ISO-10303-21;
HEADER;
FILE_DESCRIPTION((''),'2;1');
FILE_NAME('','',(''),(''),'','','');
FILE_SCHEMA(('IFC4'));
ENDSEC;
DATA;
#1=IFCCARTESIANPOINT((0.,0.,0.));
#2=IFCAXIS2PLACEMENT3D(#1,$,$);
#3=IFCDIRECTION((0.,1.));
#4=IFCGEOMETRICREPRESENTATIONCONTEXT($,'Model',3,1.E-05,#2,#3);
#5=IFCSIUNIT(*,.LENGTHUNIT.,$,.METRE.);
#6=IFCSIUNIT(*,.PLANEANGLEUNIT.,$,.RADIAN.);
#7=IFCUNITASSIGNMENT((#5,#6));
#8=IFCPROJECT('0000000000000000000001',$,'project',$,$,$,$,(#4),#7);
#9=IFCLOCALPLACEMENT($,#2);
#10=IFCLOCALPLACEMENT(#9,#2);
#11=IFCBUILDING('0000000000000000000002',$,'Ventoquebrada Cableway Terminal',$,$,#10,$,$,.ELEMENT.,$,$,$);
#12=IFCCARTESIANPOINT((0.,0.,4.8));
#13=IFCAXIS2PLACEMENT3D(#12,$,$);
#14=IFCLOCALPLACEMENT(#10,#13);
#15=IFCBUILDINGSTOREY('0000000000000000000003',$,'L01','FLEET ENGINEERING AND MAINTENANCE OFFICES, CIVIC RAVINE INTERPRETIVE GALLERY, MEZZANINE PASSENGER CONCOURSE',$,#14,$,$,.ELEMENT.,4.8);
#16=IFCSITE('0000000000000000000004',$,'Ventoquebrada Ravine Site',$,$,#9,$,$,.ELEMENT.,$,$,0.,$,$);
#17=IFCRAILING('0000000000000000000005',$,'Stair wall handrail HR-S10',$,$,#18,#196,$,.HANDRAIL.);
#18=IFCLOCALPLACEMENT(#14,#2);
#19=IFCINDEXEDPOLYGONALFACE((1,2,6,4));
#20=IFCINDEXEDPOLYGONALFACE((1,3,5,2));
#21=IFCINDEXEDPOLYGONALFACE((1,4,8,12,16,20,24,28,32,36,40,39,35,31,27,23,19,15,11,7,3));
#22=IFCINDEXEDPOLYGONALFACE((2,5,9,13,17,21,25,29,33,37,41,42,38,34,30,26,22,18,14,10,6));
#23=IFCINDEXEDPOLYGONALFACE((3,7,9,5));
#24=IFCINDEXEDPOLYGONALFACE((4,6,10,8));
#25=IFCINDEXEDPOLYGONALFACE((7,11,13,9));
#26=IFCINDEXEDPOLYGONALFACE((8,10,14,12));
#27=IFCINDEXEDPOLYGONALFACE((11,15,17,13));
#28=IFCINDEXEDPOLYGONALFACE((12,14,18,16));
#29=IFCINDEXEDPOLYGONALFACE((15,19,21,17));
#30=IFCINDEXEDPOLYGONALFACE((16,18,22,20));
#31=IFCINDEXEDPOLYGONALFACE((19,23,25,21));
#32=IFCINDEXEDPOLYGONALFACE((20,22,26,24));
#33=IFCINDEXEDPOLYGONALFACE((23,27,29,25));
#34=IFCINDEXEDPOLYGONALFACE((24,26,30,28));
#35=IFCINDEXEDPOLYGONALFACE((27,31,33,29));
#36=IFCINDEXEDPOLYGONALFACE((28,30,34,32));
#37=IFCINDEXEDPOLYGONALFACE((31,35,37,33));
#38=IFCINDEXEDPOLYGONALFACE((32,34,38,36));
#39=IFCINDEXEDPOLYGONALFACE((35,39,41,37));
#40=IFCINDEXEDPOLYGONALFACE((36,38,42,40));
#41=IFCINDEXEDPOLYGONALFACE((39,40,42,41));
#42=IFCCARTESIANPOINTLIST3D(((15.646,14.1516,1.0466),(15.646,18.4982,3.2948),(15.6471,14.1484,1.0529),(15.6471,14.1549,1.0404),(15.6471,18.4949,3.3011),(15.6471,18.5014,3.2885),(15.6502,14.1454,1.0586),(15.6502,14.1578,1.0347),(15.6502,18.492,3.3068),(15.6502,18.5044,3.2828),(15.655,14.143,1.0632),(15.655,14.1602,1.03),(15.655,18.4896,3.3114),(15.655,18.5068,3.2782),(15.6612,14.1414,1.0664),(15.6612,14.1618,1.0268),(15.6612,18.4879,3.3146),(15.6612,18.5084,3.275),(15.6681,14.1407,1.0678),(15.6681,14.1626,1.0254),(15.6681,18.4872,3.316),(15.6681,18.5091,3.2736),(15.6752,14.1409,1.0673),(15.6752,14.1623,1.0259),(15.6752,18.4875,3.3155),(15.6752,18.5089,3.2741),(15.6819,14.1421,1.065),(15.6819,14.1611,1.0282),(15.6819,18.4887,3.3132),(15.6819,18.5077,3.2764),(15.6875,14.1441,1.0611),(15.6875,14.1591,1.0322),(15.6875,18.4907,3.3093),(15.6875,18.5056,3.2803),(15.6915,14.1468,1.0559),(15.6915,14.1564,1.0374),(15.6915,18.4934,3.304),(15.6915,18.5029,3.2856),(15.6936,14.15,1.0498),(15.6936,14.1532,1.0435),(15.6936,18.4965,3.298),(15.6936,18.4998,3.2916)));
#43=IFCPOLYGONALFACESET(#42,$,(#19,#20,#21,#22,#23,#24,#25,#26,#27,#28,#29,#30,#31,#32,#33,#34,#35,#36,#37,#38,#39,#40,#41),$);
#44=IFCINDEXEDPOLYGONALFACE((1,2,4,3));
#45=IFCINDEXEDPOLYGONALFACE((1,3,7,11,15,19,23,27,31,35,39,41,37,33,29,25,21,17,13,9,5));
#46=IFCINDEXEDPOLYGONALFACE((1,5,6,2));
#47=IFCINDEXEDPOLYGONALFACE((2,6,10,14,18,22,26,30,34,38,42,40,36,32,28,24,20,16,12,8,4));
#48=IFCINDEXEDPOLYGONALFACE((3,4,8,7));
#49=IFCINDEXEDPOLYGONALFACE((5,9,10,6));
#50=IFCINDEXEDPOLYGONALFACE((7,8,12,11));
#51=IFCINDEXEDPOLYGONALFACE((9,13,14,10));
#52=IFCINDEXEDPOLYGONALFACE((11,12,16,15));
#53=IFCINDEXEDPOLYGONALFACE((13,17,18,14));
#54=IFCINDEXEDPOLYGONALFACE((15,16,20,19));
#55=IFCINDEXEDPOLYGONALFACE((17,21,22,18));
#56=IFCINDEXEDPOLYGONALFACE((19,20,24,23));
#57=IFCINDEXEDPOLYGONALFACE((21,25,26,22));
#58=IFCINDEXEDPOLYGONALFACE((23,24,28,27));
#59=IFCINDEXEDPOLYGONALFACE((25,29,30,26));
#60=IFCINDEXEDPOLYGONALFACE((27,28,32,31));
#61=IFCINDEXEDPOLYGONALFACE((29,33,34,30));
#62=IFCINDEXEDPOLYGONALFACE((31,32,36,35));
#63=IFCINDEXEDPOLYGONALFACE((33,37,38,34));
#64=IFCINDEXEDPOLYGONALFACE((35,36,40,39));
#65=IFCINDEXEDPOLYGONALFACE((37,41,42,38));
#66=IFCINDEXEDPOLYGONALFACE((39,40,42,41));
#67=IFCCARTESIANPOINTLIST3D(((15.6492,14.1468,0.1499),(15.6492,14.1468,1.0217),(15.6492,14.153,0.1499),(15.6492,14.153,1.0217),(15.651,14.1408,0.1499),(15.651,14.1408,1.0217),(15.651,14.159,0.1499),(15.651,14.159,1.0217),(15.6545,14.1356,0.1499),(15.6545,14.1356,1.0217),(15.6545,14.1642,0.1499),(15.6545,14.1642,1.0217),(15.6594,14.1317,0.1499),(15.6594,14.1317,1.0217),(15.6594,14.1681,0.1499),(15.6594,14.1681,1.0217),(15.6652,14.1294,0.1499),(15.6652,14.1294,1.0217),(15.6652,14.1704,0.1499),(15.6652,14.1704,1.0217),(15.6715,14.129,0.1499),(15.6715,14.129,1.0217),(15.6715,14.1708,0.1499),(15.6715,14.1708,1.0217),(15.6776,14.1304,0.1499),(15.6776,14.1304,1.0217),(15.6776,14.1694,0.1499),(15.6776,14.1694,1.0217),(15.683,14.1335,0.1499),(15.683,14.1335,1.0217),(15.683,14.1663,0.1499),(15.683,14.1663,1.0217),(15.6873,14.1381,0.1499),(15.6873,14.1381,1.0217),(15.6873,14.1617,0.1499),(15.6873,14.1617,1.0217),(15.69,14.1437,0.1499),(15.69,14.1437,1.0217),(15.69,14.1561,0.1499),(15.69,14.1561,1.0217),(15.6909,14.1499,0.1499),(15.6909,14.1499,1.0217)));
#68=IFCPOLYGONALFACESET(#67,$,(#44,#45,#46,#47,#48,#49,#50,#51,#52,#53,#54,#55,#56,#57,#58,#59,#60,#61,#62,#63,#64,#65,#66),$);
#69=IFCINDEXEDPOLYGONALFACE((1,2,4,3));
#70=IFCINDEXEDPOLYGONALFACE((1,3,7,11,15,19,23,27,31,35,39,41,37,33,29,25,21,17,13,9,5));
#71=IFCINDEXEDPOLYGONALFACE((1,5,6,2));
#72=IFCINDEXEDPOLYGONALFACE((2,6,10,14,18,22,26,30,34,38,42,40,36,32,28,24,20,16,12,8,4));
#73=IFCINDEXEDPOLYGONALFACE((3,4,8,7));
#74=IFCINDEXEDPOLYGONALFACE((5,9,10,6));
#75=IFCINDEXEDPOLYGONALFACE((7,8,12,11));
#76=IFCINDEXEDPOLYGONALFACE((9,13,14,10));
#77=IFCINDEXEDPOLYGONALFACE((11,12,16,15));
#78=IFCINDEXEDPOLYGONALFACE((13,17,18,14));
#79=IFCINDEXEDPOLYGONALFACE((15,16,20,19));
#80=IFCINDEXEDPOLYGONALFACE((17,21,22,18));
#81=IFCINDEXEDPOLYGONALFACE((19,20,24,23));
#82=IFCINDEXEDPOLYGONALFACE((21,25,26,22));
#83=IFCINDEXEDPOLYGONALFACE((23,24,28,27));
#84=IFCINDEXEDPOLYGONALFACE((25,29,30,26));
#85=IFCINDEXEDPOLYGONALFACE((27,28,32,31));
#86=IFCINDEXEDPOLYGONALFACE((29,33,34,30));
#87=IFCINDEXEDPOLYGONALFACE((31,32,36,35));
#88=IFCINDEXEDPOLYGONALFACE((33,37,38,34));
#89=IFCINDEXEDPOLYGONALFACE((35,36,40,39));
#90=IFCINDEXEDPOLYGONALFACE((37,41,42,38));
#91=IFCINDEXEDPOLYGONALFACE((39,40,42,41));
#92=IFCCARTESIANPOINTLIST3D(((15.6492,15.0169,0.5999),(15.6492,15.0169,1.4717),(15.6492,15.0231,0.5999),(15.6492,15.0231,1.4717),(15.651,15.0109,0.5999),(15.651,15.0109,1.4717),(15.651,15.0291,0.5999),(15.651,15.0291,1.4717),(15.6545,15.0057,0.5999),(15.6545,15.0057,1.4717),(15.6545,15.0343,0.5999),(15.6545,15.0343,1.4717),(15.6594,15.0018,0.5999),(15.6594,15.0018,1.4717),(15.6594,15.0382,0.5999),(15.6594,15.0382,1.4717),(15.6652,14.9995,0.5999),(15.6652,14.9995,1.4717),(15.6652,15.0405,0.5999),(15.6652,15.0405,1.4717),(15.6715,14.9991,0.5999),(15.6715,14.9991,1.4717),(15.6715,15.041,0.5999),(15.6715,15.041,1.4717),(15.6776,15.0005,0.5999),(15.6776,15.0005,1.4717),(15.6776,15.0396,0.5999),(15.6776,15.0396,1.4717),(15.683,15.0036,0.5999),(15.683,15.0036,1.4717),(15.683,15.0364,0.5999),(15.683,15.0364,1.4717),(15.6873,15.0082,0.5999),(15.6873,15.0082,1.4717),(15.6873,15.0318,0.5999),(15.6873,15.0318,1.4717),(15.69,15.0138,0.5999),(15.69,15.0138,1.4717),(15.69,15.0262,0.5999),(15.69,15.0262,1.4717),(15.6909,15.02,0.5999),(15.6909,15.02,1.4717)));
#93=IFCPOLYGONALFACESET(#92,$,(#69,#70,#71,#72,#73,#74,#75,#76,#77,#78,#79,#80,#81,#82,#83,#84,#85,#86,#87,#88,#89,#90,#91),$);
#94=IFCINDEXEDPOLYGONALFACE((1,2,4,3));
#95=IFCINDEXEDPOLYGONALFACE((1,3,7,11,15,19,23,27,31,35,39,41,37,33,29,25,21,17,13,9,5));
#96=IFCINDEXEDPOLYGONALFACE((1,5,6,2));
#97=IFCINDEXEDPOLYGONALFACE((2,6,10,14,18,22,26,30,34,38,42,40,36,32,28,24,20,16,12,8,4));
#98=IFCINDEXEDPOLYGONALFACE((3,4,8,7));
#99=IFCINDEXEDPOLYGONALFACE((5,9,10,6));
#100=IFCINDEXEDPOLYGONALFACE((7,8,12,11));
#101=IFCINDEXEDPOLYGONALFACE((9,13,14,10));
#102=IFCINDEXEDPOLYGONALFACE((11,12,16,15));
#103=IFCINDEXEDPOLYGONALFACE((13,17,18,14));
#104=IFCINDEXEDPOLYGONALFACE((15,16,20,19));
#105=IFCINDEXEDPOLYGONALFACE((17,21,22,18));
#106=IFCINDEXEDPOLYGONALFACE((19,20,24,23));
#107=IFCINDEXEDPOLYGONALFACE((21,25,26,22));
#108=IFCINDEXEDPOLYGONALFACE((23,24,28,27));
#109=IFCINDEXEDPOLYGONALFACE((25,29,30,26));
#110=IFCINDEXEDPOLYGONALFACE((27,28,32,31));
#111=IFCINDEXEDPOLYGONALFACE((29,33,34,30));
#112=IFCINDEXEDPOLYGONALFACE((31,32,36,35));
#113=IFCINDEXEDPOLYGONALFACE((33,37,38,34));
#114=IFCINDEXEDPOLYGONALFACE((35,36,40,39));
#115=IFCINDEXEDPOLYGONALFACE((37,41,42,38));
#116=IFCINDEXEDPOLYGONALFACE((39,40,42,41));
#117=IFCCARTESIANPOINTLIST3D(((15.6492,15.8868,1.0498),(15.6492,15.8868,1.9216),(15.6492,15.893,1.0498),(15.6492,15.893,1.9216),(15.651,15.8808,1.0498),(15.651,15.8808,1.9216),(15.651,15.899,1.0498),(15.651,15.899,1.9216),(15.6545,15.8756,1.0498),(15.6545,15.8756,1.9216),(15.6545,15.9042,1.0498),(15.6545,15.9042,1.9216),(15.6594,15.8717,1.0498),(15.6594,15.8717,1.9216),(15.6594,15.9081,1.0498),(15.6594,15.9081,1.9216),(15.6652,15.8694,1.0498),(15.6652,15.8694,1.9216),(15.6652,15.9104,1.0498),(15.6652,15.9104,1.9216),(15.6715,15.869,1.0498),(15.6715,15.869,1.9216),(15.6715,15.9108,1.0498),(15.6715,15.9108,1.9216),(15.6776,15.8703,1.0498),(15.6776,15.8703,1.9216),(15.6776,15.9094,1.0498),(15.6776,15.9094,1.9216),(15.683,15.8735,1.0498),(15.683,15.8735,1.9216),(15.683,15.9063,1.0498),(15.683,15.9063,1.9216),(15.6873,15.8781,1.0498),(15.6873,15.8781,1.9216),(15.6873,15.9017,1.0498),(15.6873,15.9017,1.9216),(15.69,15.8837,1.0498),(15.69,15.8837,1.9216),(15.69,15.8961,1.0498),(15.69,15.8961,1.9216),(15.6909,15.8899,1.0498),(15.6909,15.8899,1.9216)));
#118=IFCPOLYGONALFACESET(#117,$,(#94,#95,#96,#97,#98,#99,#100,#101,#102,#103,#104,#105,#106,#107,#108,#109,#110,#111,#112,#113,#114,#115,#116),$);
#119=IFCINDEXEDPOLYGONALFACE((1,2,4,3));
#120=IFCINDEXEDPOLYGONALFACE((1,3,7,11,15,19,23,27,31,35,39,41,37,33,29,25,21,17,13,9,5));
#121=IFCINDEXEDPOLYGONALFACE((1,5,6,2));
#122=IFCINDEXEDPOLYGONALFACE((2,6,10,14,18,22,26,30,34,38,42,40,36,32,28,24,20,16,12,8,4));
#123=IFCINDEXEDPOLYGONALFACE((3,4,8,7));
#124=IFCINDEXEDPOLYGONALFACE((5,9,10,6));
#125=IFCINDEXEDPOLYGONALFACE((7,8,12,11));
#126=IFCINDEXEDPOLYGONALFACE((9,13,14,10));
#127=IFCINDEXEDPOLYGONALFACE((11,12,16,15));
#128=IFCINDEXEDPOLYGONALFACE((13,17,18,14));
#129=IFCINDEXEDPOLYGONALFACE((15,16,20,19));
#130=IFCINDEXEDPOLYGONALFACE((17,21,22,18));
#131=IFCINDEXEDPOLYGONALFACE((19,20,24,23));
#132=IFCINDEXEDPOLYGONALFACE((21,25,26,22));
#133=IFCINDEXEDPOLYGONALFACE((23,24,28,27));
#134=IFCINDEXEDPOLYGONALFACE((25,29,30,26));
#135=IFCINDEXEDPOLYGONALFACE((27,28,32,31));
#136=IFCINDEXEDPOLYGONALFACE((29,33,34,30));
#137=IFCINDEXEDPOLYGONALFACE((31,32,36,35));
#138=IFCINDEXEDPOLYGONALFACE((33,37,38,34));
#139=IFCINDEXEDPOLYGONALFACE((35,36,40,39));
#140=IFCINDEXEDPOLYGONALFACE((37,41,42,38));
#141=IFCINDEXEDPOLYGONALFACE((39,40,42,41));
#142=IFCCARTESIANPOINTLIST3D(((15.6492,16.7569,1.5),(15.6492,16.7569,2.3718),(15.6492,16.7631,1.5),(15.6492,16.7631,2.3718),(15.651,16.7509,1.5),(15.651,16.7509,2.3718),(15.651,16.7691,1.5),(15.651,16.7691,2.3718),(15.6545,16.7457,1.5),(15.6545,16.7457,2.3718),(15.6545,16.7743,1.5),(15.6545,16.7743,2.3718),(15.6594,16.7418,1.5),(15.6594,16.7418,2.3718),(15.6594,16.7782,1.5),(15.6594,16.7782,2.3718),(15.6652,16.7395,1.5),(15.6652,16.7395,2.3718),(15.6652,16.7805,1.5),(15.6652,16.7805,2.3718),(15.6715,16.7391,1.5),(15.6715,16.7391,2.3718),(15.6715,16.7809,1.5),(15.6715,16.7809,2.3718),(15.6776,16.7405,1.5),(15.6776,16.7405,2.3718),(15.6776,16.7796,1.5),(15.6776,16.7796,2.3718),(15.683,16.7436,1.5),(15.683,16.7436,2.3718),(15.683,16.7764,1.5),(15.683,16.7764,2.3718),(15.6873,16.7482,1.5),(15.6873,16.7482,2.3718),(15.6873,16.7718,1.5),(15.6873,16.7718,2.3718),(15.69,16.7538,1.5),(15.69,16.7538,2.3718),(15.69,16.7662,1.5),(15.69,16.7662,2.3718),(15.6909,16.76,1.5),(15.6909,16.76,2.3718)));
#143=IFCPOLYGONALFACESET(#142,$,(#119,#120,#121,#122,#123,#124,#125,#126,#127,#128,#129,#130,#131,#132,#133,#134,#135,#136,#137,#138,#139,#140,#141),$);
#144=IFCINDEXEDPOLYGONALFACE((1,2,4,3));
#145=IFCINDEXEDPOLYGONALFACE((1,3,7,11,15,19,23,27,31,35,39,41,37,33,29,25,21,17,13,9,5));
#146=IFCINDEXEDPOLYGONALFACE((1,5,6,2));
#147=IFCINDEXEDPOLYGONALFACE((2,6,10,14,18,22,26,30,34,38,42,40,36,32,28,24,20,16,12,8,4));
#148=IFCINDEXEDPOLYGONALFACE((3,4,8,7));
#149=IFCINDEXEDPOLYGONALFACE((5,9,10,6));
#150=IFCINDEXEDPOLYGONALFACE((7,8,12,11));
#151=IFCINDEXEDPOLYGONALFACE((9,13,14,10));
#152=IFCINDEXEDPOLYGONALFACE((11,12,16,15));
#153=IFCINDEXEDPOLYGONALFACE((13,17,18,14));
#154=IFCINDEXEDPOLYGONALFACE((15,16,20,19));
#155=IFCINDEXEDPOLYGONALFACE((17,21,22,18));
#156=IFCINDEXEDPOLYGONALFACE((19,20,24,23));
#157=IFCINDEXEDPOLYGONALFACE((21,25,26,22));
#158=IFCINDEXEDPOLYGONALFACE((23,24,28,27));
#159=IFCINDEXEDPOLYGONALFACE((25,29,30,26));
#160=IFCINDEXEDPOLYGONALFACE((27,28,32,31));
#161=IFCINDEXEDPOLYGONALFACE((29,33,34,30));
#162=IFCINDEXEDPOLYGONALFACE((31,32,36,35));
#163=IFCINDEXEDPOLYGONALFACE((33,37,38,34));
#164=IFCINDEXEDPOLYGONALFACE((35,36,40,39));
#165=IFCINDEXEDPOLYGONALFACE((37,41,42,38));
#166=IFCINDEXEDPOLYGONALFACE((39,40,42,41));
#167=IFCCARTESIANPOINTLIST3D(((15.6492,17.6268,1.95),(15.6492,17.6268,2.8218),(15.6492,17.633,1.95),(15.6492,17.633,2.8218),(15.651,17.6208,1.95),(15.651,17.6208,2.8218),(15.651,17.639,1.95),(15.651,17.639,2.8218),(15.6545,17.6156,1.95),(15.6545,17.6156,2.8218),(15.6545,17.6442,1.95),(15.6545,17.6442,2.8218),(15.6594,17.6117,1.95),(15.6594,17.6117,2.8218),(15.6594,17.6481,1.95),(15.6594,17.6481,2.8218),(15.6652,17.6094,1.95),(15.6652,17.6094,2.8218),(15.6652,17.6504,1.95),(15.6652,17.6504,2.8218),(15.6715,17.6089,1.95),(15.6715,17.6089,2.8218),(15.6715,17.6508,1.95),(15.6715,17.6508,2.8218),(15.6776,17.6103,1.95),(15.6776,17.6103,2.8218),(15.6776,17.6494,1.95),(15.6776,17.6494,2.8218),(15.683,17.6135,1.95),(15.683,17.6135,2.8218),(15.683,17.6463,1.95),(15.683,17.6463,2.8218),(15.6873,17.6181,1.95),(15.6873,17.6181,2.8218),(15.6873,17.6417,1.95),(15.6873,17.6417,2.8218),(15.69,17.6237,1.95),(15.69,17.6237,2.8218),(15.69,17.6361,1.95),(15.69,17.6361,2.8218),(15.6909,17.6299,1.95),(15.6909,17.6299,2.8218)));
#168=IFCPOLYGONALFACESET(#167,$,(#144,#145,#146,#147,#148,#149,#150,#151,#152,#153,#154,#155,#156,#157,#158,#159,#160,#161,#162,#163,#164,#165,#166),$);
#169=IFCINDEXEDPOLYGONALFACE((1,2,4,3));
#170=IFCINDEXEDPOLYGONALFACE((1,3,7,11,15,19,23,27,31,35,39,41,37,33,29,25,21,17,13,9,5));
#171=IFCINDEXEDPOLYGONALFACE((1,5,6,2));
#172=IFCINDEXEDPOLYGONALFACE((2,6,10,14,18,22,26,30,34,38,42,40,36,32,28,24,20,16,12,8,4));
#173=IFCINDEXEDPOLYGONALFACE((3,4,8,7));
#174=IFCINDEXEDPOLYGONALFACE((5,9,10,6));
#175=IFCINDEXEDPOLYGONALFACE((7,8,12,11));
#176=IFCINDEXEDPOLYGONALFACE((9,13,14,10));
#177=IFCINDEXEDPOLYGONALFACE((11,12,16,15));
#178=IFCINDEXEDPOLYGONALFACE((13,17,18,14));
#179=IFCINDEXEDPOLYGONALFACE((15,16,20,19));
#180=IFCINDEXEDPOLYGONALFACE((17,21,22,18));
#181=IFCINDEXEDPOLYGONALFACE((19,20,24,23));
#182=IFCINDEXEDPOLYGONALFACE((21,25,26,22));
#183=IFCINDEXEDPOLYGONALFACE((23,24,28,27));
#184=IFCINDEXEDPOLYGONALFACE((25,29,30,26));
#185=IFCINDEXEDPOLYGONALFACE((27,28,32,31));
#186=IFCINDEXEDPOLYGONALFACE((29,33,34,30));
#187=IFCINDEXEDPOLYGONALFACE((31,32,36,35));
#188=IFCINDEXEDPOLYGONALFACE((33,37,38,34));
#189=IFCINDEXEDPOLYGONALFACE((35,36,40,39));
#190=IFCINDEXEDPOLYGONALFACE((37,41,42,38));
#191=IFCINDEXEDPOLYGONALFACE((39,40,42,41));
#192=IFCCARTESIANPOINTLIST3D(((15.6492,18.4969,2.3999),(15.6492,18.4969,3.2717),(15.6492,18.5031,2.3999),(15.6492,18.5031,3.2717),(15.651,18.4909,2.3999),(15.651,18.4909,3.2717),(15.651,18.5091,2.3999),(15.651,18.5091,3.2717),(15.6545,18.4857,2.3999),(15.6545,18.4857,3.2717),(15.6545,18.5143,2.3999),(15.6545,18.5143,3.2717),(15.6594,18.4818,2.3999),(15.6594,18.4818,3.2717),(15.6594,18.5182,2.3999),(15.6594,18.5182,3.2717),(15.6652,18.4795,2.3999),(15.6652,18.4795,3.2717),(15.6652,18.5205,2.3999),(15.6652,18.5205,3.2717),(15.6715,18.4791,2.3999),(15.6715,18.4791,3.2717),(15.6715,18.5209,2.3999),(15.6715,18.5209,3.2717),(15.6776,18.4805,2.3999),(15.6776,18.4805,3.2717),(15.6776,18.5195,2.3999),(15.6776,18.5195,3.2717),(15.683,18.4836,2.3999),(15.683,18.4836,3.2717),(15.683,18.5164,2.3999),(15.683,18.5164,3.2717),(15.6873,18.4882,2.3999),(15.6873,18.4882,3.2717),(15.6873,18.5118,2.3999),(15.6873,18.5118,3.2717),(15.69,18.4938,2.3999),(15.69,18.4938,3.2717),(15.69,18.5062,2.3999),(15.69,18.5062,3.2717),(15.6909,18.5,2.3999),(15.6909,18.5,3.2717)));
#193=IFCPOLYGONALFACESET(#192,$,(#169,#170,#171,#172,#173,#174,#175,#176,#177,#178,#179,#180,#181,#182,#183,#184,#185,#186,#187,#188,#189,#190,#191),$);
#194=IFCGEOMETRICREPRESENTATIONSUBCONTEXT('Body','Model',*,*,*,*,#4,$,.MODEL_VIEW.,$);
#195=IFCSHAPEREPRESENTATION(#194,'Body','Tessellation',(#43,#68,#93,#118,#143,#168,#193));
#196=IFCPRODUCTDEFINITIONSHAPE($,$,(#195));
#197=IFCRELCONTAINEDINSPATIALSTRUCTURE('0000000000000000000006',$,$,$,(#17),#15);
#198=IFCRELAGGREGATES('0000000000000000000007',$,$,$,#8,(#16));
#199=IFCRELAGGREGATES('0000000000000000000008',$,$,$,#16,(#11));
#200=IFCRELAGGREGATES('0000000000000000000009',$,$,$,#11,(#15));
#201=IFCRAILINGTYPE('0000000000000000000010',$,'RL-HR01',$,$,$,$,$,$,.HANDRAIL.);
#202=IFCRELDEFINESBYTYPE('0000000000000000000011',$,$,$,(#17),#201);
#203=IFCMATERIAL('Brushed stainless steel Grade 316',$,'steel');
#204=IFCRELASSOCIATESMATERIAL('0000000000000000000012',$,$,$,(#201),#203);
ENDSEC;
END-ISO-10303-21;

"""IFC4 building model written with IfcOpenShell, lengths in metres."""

from ifc_helpers import new_model, si_unit, direction, frame, origin, origin_2d, place, context, subcontext, project, spatial, circle, extrude, material, type_object, element, save


model = new_model("IFC4")

# Units and contexts
model_context = context("Model", 3, precision=1e-05, world=origin(), true_north=direction((0.0, 1.0)))
body_context = subcontext(model_context, "Body", "Model", "MODEL_VIEW")
ifc_project = project(units=[si_unit("LENGTHUNIT", "METRE"), si_unit("PLANEANGLEUNIT", "RADIAN")], contexts=[model_context])

# Site, building, storey
site_placement = place(None, origin())
site = spatial("IfcSite", under=ifc_project, at=site_placement, Name="Ventoquebrada Ravine Site", CompositionType="ELEMENT", RefElevation=0.0)
building_placement = place(site_placement, origin())
building = spatial("IfcBuilding", under=site, at=building_placement, Name="Ventoquebrada Cableway Terminal", CompositionType="ELEMENT")
storey_placement = place(building_placement, frame((0.0, 0.0, 4.8)))
storey = spatial("IfcBuildingStorey", under=building, at=storey_placement, Name="L01", Description="FLEET ENGINEERING AND MAINTENANCE OFFICES, CIVIC RAVINE INTERPRETIVE GALLERY, MEZZANINE PASSENGER CONCOURSE", CompositionType="ELEMENT", Elevation=4.8)

# Railing
ifc_material_1 = material(Name="Brushed stainless steel Grade 316", Category="steel")
railing_type_1 = type_object("IfcRailingType", Name="RL-HR01", PredefinedType="HANDRAIL", material=ifc_material_1)
railing_1_placement = place(storey_placement, frame((15.6699, 14.1499, 0.1499)))
element("IfcRailing", 1, at=railing_1_placement, inside=storey, type_object=railing_type_1, Name="Stair wall handrail HR-S10", PredefinedType="HANDRAIL", context=body_context, shape_type="SweptSolid", body=[
    extrude(circle(Radius=0.0239, at=origin_2d()), frame((0.0, 0.0017, 0.8967), z_axis=(0.0, 0.888222, 0.459415), x_axis=(-1.0, 0.0, 0.0)), (0.0, 0.0, 1.0), 4.8936),
    extrude(circle(Radius=0.021, at=origin_2d()), origin(), (0.0, 0.0, 1.0), 0.8718),
    extrude(circle(Radius=0.021, at=origin_2d()), frame((0.0, 0.8701, 0.45)), (0.0, 0.0, 1.0), 0.8718),
    extrude(circle(Radius=0.021, at=origin_2d()), frame((0.0, 1.74, 0.8999)), (0.0, 0.0, 1.0), 0.8718),
    extrude(circle(Radius=0.021, at=origin_2d()), frame((0.0, 2.6101, 1.3501)), (0.0, 0.0, 1.0), 0.8718),
    extrude(circle(Radius=0.021, at=origin_2d()), frame((0.0, 3.48, 1.8)), (0.0, 0.0, 1.0), 0.8718),
    extrude(circle(Radius=0.021, at=origin_2d()), frame((0.0, 4.3501, 2.25)), (0.0, 0.0, 1.0), 0.8718),
])

save(model, "model.ifc")
